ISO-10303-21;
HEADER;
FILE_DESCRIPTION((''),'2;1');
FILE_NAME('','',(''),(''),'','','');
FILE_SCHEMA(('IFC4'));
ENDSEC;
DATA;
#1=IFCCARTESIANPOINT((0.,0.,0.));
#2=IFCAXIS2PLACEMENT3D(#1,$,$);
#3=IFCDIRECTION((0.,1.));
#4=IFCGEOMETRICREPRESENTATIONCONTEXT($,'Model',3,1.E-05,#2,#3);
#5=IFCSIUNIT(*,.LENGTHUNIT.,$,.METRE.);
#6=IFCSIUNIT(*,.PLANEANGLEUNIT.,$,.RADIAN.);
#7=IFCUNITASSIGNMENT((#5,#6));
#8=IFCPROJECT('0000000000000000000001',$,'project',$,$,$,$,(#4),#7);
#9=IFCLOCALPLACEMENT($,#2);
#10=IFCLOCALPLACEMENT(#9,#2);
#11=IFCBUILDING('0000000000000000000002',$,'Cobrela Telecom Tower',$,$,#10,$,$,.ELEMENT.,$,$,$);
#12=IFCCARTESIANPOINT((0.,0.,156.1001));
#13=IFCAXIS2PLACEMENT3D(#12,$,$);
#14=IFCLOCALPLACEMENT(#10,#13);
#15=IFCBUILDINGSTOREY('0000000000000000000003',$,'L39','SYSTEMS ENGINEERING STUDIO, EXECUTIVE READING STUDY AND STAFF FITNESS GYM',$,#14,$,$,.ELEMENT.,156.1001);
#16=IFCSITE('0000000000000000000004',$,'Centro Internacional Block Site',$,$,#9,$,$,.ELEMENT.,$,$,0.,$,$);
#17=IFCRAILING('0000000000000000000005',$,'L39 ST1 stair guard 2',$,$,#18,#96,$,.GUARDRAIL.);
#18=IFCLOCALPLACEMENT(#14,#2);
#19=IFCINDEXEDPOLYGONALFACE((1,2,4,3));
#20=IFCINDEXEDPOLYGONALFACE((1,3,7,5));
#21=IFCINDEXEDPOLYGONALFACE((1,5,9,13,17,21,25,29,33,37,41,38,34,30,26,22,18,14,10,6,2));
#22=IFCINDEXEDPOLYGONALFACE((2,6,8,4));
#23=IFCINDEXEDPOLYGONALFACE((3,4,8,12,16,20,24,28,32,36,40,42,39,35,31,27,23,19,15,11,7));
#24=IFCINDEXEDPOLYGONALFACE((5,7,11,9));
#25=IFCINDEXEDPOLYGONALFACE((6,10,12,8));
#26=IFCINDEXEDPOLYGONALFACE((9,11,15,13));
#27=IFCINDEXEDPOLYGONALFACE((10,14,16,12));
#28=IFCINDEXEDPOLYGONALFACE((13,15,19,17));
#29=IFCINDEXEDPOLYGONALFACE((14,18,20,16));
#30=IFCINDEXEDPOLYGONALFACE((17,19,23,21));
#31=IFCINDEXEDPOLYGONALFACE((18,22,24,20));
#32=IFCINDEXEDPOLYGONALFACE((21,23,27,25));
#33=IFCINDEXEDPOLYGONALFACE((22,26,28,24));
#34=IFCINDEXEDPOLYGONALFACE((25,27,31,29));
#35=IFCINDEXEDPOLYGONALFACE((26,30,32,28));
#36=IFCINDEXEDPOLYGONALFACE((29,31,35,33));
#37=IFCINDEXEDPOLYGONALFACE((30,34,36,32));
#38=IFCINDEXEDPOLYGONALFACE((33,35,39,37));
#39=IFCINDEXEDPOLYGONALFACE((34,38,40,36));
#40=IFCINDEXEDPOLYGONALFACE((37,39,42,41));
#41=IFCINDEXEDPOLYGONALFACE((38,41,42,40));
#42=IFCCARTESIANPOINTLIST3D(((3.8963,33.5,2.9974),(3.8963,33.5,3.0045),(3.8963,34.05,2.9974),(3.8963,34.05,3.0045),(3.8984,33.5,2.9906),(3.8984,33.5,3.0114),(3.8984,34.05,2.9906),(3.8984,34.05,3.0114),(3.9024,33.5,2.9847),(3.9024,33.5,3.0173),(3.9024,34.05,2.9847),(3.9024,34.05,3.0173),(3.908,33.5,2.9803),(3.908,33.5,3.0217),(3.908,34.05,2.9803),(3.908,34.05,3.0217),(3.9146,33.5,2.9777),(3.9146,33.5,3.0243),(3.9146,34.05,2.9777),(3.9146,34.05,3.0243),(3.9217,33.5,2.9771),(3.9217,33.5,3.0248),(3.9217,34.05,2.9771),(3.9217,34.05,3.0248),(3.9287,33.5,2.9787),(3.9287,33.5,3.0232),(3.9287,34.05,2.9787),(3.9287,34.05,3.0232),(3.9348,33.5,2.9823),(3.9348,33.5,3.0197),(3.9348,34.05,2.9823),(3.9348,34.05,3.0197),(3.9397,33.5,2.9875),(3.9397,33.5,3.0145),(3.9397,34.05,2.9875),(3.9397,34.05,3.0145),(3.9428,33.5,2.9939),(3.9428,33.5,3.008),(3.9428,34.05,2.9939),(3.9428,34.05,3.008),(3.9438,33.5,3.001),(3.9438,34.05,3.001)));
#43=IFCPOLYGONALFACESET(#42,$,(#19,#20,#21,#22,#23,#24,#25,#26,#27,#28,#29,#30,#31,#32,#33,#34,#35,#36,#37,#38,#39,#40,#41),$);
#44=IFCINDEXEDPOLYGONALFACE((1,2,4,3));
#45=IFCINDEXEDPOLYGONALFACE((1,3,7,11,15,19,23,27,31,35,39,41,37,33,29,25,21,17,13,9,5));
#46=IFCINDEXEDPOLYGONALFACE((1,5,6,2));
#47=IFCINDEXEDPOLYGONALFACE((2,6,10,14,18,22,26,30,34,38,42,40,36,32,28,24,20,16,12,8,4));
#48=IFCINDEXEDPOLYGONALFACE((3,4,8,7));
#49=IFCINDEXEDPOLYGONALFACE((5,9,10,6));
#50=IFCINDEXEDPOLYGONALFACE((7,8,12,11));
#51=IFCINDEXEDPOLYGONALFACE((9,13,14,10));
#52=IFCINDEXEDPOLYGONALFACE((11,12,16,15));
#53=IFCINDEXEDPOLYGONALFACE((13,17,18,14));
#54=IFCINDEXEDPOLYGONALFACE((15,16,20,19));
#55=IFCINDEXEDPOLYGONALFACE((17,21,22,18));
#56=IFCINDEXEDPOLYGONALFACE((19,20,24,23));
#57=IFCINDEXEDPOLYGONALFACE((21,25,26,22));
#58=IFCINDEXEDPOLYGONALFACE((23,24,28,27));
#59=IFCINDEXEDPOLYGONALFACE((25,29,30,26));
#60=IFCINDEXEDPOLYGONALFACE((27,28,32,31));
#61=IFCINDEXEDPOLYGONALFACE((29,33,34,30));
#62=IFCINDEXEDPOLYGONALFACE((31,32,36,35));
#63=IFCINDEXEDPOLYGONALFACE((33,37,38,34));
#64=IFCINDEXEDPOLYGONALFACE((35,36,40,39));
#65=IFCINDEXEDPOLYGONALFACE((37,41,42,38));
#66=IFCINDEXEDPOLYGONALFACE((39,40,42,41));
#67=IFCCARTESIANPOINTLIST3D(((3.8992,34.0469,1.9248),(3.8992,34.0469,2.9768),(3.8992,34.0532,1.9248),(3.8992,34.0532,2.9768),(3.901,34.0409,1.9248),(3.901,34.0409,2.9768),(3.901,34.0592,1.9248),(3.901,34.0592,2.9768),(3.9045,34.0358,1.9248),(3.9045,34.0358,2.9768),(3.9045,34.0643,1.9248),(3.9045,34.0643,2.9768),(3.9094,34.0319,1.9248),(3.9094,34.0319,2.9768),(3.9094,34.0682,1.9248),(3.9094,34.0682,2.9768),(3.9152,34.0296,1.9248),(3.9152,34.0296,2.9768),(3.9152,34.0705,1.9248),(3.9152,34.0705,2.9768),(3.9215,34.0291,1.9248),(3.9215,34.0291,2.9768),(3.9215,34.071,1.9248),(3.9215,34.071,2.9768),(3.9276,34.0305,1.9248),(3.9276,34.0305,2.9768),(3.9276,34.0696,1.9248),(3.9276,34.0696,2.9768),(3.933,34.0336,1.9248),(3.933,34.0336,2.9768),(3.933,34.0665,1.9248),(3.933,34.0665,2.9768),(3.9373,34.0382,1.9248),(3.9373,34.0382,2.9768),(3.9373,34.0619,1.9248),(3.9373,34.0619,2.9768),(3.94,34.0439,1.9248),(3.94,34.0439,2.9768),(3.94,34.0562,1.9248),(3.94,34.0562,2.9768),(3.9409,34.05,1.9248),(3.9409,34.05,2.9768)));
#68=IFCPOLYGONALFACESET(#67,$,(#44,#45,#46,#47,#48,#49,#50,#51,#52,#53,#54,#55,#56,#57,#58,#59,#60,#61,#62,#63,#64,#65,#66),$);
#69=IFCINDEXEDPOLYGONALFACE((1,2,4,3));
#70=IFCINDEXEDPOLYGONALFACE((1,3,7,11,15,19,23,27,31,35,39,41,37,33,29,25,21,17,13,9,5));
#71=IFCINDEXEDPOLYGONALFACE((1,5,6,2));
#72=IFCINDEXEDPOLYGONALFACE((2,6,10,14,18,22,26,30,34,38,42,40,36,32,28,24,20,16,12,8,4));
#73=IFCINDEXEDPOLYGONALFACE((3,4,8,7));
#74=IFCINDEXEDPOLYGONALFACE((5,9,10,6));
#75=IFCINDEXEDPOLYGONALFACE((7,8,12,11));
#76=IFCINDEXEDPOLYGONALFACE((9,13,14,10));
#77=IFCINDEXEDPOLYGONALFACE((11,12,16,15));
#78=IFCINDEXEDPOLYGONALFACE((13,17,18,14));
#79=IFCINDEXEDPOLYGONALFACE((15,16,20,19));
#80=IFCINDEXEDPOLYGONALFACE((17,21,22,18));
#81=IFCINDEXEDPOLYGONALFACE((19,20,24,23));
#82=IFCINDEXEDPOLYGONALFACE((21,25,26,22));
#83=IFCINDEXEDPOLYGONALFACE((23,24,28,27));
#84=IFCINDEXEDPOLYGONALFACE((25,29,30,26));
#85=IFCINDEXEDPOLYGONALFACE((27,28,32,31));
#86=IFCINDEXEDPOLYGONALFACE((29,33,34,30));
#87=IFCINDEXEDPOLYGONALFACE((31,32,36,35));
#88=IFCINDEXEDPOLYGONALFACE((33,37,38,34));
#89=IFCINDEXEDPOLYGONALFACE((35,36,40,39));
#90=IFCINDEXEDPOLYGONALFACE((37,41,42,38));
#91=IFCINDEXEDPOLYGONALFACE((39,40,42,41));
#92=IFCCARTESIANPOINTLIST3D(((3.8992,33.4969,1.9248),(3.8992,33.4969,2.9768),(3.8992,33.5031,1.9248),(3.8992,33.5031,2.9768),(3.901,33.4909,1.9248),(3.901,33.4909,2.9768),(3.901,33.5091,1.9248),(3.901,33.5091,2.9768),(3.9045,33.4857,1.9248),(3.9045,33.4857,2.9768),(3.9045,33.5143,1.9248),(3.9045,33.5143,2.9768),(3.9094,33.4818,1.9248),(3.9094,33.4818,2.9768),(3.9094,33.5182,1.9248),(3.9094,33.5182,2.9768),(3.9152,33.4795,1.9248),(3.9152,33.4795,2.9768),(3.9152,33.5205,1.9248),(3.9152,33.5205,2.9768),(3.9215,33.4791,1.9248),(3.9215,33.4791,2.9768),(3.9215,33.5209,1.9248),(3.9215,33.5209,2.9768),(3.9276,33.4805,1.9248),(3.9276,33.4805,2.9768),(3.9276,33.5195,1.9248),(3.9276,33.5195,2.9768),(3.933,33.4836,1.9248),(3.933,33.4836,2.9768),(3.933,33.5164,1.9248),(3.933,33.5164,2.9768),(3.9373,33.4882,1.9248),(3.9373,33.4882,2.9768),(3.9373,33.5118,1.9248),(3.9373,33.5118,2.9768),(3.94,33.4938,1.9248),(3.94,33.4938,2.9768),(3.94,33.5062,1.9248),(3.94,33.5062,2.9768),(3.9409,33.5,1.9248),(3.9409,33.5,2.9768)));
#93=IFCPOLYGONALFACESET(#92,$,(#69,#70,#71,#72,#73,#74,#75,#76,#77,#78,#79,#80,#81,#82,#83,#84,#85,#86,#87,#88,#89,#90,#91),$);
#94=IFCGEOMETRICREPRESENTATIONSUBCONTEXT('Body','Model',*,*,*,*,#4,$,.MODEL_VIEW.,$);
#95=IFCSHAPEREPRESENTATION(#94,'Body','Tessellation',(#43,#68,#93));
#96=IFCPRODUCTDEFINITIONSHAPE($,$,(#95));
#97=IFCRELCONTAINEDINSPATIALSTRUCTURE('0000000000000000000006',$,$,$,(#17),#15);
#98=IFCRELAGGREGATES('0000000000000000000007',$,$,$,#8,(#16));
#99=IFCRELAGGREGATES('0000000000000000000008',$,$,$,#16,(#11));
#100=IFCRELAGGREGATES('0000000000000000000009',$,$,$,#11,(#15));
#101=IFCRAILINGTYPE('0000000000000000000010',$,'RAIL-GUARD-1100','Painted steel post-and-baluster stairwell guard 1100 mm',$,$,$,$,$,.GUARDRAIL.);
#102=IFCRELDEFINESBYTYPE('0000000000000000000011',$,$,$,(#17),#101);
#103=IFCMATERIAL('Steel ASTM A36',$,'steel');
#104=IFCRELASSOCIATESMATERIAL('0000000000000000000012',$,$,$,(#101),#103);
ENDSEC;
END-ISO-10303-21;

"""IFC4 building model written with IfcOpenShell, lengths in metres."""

from ifc_helpers import new_model, si_unit, direction, frame, origin, origin_2d, place, context, subcontext, project, spatial, circle, extrude, material, type_object, element, save


model = new_model("IFC4")

# Units and contexts
model_context = context("Model", 3, precision=1e-05, world=origin(), true_north=direction((0.0, 1.0)))
body_context = subcontext(model_context, "Body", "Model", "MODEL_VIEW")
ifc_project = project(units=[si_unit("LENGTHUNIT", "METRE"), si_unit("PLANEANGLEUNIT", "RADIAN")], contexts=[model_context])

# Site, building, storey
site_placement = place(None, origin())
site = spatial("IfcSite", under=ifc_project, at=site_placement, Name="Centro Internacional Block Site", CompositionType="ELEMENT", RefElevation=0.0)
building_placement = place(site_placement, origin())
building = spatial("IfcBuilding", under=site, at=building_placement, Name="Cobrela Telecom Tower", CompositionType="ELEMENT")
storey_placement = place(building_placement, frame((0.0, 0.0, 156.1001)))
storey = spatial("IfcBuildingStorey", under=building, at=storey_placement, Name="L39", Description="SYSTEMS ENGINEERING STUDIO, EXECUTIVE READING STUDY AND STAFF FITNESS GYM", CompositionType="ELEMENT", Elevation=156.1001)

# Shared definitions
ifc_material_1 = material(Name="Steel ASTM A36", Category="steel")

# Railing
railing_type_1 = type_object("IfcRailingType", Name="RAIL-GUARD-1100", Description="Painted steel post-and-baluster stairwell guard 1100 mm", PredefinedType="GUARDRAIL", material=ifc_material_1)
railing_1_placement = place(storey_placement, frame((3.9199, 34.05, 1.9248)))
element("IfcRailing", 1, at=railing_1_placement, inside=storey, type_object=railing_type_1, Name="L39 ST1 stair guard 2", PredefinedType="GUARDRAIL", context=body_context, shape_type="SweptSolid", body=[
    extrude(circle(Radius=0.0239, at=origin_2d()), frame((0.0, 0.0, 1.0762), z_axis=(0.0, -1.0, 0.0), x_axis=(1.0, 0.0, 0.0)), (0.0, 0.0, 1.0), 0.55),
    extrude(circle(Radius=0.021, at=origin_2d()), origin(), (0.0, 0.0, 1.0), 1.052),
    extrude(circle(Radius=0.021, at=origin_2d()), frame((0.0, -0.55, 0.0)), (0.0, 0.0, 1.0), 1.052),
])

save(model, "model.ifc")
